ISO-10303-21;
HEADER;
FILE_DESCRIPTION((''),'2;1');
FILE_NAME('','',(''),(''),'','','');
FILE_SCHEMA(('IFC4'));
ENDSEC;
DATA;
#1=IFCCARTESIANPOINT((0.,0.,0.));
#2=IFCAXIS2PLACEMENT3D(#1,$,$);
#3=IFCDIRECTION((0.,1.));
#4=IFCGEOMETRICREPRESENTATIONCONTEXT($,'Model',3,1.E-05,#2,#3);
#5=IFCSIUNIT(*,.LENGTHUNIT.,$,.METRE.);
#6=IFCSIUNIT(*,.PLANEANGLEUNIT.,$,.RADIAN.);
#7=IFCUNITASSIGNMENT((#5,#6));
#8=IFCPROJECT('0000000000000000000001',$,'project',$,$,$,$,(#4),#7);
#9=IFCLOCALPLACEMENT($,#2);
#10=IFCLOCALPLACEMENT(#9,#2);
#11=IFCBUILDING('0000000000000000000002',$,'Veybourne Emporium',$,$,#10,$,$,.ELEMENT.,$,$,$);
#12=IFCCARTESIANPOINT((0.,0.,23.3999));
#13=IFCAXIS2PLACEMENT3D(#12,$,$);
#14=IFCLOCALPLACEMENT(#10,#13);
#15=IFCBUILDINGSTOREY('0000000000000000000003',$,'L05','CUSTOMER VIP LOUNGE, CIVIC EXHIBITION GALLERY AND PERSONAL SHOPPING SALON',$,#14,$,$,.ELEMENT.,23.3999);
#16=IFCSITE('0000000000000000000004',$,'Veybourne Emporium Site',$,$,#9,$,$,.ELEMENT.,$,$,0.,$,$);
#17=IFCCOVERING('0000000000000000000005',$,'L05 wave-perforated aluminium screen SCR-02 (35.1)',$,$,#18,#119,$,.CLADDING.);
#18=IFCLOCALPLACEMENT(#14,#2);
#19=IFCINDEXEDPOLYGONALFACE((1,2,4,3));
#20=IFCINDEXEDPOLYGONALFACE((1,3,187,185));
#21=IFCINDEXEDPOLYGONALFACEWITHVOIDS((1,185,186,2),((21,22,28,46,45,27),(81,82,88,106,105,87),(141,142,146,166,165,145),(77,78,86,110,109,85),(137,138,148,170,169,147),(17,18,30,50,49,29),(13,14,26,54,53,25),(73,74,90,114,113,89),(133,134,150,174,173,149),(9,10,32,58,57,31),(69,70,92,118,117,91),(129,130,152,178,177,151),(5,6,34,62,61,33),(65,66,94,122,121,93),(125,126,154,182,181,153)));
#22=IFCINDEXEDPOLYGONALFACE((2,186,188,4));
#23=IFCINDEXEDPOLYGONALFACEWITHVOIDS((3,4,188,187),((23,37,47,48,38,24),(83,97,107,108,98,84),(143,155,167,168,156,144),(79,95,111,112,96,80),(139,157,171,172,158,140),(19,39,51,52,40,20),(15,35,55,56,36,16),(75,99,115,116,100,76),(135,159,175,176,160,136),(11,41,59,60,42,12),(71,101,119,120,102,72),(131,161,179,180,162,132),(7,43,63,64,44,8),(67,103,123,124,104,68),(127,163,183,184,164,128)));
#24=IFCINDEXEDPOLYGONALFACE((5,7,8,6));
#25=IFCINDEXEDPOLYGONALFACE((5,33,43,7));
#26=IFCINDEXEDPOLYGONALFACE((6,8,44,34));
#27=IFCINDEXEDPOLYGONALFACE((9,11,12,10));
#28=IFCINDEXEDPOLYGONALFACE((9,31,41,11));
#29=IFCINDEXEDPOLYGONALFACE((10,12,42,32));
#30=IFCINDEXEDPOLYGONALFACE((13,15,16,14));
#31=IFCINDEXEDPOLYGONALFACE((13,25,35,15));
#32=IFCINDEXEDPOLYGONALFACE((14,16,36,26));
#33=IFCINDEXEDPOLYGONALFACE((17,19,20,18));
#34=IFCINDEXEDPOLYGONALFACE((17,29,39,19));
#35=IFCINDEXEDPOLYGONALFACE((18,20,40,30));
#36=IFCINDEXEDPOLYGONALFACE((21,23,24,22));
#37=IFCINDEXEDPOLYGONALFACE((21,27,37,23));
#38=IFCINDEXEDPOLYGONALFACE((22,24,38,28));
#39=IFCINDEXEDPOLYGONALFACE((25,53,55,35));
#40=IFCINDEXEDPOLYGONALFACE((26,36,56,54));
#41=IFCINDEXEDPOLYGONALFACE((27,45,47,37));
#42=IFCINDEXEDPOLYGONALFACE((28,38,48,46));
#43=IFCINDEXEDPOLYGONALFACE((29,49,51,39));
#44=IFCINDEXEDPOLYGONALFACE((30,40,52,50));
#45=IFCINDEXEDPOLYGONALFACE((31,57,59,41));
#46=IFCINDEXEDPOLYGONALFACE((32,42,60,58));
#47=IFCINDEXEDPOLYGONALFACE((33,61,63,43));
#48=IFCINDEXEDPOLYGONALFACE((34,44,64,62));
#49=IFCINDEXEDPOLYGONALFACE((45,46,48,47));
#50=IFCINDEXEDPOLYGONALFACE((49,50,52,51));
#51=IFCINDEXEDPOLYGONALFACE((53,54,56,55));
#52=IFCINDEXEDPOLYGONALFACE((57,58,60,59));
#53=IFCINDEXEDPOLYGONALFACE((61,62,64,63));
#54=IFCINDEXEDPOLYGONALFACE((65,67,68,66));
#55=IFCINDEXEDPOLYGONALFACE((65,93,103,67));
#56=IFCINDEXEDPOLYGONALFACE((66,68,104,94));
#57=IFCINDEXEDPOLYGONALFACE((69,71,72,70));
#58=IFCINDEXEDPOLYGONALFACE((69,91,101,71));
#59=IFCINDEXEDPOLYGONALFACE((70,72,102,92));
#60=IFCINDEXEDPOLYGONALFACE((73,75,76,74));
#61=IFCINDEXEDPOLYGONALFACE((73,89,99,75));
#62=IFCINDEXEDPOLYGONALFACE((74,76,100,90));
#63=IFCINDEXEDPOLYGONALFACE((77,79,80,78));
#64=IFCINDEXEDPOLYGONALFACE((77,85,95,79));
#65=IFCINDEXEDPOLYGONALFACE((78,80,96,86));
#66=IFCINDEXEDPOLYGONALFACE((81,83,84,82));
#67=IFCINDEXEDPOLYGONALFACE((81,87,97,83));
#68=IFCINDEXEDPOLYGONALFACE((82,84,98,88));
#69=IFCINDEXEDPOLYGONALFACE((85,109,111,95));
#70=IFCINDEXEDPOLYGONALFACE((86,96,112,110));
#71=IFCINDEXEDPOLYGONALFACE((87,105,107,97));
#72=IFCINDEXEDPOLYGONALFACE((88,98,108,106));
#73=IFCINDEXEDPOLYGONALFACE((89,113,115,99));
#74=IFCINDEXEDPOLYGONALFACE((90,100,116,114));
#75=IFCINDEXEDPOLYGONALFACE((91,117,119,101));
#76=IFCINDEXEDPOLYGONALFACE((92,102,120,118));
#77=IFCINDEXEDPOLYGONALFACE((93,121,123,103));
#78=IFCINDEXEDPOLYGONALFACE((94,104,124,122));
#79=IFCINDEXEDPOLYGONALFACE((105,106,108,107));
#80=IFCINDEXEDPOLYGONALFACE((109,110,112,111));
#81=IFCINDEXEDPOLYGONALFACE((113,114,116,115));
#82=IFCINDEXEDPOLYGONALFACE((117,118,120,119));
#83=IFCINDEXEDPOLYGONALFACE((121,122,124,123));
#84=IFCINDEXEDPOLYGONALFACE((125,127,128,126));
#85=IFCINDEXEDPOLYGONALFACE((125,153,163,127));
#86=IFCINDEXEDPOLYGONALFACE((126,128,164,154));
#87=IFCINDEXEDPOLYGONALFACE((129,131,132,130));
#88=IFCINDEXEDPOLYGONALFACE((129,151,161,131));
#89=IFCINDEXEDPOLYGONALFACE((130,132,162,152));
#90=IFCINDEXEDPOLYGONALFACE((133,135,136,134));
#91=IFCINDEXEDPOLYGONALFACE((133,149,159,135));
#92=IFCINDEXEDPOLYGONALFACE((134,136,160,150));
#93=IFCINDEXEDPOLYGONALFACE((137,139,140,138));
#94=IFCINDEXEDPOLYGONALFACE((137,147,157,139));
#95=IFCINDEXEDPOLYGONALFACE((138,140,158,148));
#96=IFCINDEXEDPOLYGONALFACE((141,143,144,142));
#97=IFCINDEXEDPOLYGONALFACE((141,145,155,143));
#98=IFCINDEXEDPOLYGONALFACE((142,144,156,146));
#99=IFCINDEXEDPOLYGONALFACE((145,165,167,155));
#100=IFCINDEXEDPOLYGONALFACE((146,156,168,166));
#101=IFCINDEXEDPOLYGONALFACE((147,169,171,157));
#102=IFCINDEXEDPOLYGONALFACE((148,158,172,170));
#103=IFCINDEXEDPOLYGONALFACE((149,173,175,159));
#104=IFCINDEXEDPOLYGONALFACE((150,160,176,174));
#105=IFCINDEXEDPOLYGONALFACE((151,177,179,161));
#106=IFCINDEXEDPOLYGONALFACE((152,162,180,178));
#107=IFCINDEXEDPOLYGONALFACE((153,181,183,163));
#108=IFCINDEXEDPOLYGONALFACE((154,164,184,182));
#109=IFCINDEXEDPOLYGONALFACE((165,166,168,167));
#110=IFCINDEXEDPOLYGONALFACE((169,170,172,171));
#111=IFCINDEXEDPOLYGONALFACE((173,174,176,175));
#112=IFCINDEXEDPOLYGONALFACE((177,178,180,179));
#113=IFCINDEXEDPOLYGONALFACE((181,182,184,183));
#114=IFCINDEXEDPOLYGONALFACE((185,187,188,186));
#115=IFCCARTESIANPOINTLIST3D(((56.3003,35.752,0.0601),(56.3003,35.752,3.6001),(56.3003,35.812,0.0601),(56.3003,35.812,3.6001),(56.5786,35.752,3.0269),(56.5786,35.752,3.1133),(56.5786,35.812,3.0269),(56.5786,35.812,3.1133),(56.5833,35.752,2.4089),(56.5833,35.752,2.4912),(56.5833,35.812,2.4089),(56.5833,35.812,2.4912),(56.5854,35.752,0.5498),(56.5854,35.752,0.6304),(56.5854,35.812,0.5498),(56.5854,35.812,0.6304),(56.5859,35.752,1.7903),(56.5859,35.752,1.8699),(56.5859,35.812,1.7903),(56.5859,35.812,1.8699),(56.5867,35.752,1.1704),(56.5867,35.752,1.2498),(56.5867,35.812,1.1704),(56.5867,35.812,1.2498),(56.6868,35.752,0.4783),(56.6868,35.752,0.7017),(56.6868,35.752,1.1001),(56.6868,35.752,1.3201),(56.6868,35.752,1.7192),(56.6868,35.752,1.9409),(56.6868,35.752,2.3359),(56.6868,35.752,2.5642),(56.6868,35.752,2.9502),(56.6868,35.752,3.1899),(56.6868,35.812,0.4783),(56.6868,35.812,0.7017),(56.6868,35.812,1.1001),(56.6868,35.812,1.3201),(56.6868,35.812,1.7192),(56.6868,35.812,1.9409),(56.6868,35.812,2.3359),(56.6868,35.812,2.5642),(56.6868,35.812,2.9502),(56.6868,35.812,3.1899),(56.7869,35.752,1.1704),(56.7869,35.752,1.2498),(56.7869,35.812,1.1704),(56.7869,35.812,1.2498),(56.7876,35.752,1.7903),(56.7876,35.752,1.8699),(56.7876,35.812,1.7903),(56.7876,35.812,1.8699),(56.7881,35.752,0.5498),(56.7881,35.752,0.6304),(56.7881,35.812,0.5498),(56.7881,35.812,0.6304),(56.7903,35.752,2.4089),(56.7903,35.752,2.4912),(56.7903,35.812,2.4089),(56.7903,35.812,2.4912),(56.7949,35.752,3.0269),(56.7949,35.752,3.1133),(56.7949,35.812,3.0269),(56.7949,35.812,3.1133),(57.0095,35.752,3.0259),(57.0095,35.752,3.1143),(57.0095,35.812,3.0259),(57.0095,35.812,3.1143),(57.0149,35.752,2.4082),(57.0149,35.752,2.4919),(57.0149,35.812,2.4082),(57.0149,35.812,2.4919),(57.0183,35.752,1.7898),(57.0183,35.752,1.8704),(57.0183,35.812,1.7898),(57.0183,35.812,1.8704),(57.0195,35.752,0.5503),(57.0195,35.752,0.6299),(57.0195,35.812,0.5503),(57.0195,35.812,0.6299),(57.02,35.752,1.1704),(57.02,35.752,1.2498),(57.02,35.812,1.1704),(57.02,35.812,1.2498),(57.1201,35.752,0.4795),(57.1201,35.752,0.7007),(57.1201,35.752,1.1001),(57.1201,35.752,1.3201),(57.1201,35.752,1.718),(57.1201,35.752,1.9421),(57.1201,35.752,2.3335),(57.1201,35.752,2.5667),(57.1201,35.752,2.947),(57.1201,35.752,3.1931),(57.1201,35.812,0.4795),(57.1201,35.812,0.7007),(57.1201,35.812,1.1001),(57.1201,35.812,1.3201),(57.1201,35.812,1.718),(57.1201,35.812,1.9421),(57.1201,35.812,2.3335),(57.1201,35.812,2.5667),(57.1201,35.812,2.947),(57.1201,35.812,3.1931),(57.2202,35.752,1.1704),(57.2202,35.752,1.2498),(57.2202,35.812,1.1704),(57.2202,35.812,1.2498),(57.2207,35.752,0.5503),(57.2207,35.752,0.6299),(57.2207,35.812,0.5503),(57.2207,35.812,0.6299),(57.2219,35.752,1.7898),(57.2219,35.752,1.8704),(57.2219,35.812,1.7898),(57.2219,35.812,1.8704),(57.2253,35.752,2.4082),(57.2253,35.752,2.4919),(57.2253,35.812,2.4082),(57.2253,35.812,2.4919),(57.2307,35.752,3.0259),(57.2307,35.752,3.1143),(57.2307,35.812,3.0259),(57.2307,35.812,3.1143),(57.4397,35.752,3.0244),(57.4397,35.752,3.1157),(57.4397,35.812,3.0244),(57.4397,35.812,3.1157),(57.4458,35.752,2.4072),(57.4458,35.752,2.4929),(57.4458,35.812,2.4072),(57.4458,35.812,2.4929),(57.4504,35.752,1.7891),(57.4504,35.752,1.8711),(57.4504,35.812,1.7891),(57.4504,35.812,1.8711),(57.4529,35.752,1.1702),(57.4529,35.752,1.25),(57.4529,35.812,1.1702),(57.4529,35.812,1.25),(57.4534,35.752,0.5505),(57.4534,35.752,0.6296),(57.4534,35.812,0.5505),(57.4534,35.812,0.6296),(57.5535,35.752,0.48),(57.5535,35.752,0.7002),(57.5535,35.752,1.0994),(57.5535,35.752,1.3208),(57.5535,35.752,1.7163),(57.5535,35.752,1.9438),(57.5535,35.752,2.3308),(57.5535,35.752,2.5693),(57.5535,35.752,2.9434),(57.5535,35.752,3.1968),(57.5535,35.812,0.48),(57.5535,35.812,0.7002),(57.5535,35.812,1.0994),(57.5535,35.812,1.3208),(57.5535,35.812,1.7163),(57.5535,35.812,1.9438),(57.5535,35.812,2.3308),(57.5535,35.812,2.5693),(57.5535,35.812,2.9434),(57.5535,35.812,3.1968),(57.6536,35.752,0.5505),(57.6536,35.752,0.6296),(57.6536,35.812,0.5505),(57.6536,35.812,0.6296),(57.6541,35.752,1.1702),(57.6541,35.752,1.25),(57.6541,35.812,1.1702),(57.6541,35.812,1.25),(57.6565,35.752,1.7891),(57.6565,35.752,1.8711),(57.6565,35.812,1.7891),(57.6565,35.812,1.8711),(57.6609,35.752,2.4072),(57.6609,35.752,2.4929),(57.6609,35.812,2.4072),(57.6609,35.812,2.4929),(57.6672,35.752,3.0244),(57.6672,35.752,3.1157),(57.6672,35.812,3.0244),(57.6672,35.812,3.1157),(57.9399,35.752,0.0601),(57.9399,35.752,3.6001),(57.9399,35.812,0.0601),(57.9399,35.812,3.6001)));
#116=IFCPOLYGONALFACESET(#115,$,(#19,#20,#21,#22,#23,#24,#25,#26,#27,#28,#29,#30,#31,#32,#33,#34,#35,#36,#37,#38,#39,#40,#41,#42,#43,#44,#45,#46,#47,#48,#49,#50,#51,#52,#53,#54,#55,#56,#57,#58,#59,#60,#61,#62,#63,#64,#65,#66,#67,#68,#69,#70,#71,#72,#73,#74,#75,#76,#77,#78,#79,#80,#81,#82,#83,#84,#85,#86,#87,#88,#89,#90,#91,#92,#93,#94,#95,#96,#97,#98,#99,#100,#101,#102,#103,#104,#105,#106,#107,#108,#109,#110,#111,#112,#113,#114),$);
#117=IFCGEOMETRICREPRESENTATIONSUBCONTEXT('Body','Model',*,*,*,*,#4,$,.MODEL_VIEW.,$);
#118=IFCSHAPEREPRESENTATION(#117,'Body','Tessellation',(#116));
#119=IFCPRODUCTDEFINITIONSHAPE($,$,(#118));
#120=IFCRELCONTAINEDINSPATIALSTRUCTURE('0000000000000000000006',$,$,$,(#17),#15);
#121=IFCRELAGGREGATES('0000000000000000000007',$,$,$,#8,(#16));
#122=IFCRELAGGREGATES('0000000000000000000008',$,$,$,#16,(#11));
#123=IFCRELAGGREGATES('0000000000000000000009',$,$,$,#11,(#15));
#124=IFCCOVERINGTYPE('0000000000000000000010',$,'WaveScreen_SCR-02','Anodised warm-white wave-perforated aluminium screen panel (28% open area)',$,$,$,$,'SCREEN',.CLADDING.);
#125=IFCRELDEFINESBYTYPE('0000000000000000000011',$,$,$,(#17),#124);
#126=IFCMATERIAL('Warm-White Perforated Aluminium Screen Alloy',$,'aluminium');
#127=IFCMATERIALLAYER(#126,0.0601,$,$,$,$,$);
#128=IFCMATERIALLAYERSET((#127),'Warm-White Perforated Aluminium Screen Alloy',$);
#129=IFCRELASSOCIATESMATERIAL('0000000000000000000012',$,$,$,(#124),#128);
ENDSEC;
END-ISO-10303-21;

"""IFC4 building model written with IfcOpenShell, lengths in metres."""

from ifc_helpers import new_model, si_unit, direction, frame, origin, place, context, subcontext, project, spatial, polyline, outline, extrude, material, layer, layer_set, type_object, element, save


model = new_model("IFC4")

# Units and contexts
model_context = context("Model", 3, precision=1e-05, world=origin(), true_north=direction((0.0, 1.0)))
body_context = subcontext(model_context, "Body", "Model", "MODEL_VIEW")
ifc_project = project(units=[si_unit("LENGTHUNIT", "METRE"), si_unit("PLANEANGLEUNIT", "RADIAN")], contexts=[model_context])

# Site, building, storey
site_placement = place(None, origin())
site = spatial("IfcSite", under=ifc_project, at=site_placement, Name="Veybourne Emporium Site", CompositionType="ELEMENT", RefElevation=0.0)
building_placement = place(site_placement, origin())
building = spatial("IfcBuilding", under=site, at=building_placement, Name="Veybourne Emporium", CompositionType="ELEMENT")
storey_placement = place(building_placement, frame((0.0, 0.0, 23.3999)))
storey = spatial("IfcBuildingStorey", under=building, at=storey_placement, Name="L05", Description="CUSTOMER VIP LOUNGE, CIVIC EXHIBITION GALLERY AND PERSONAL SHOPPING SALON", CompositionType="ELEMENT", Elevation=23.3999)

# Covering
ifc_material_1 = material(Name="Warm-White Perforated Aluminium Screen Alloy", Category="aluminium")
ifc_layer_1 = layer(ifc_material_1, 0.0601)
ifc_layer_set_1 = layer_set([ifc_layer_1], Name="Warm-White Perforated Aluminium Screen Alloy")
covering_type_1 = type_object("IfcCoveringType", Name="WaveScreen_SCR-02", Description="Anodised warm-white wave-perforated aluminium screen panel (28% open area)", ElementType="SCREEN", PredefinedType="CLADDING", material=ifc_layer_set_1)
covering_1_placement = place(storey_placement, frame((57.1201, 35.752, 1.8301), z_axis=(0.0, 1.0, 0.0), x_axis=(-1.0, 0.0, 0.0)))
element("IfcCovering", 1, at=covering_1_placement, inside=storey, type_object=covering_type_1, Name="L05 wave-perforated aluminium screen SCR-02 (35.1)", PredefinedType="CLADDING", context=body_context, shape_type="SweptSolid", body=[
    extrude(outline(polyline([(-0.8198, -1.77), (0.8198, -1.77), (0.8198, 1.77), (-0.8198, 1.77), (-0.8198, -1.77)]), holes=[polyline([(-0.4333, -1.1299), (-0.3333, -1.2004), (-0.3333, -1.2795), (-0.4333, -1.3501), (-0.5334, -1.2795), (-0.5334, -1.2004), (-0.4333, -1.1299)]), polyline([(-0.4333, -0.5093), (-0.3328, -0.5801), (-0.3328, -0.6599), (-0.4333, -0.7307), (-0.5339, -0.6599), (-0.5339, -0.5801), (-0.4333, -0.5093)]), polyline([(-0.4333, 0.1138), (-0.3303, 0.041), (-0.3303, -0.041), (-0.4333, -0.1138), (-0.5364, -0.041), (-0.5364, 0.041), (-0.4333, 0.1138)]), polyline([(-0.4333, 0.7393), (-0.3257, 0.6628), (-0.3257, 0.5771), (-0.4333, 0.5007), (-0.5408, 0.5771), (-0.5408, 0.6628), (-0.4333, 0.7393)]), polyline([(-0.4333, 1.3667), (-0.3196, 1.2856), (-0.3196, 1.1943), (-0.4333, 1.1133), (-0.5471, 1.1943), (-0.5471, 1.2856), (-0.4333, 1.3667)]), polyline([(0.0, -1.1294), (0.1006, -1.2002), (0.1006, -1.2798), (0.0, -1.3506), (-0.1006, -1.2798), (-0.1006, -1.2002), (0.0, -1.1294)]), polyline([(0.0, -0.51), (0.1001, -0.5803), (0.1001, -0.6597), (0.0, -0.73), (-0.1001, -0.6597), (-0.1001, -0.5803), (0.0, -0.51)]), polyline([(0.0, 0.1121), (0.1018, 0.0403), (0.1018, -0.0403), (0.0, -0.1121), (-0.1018, -0.0403), (-0.1018, 0.0403), (0.0, 0.1121)]), polyline([(0.0, 0.7366), (0.1052, 0.6619), (0.1052, 0.5781), (0.0, 0.5034), (-0.1052, 0.5781), (-0.1052, 0.6619), (0.0, 0.7366)]), polyline([(0.0, 1.363), (0.1106, 1.2842), (0.1106, 1.1958), (0.0, 1.1169), (-0.1106, 1.1958), (-0.1106, 1.2842), (0.0, 1.363)]), polyline([(0.4333, -1.1284), (0.5347, -1.1997), (0.5347, -1.2803), (0.4333, -1.3518), (0.332, -1.2803), (0.332, -1.1997), (0.4333, -1.1284)]), polyline([(0.4333, -0.51), (0.5334, -0.5803), (0.5334, -0.6597), (0.4333, -0.73), (0.3333, -0.6597), (0.3333, -0.5803), (0.4333, -0.51)]), polyline([(0.4333, 0.1108), (0.5342, 0.0398), (0.5342, -0.0398), (0.4333, -0.1108), (0.3325, -0.0398), (0.3325, 0.0398), (0.4333, 0.1108)]), polyline([(0.4333, 0.7341), (0.5369, 0.6611), (0.5369, 0.5789), (0.4333, 0.5059), (0.3298, 0.5789), (0.3298, 0.6611), (0.4333, 0.7341)]), polyline([(0.4333, 1.3599), (0.5415, 1.2832), (0.5415, 1.1968), (0.4333, 1.1201), (0.3252, 1.1968), (0.3252, 1.2832), (0.4333, 1.3599)])]), origin(), (0.0, 0.0, 1.0), 0.0601),
])

save(model, "model.ifc")
